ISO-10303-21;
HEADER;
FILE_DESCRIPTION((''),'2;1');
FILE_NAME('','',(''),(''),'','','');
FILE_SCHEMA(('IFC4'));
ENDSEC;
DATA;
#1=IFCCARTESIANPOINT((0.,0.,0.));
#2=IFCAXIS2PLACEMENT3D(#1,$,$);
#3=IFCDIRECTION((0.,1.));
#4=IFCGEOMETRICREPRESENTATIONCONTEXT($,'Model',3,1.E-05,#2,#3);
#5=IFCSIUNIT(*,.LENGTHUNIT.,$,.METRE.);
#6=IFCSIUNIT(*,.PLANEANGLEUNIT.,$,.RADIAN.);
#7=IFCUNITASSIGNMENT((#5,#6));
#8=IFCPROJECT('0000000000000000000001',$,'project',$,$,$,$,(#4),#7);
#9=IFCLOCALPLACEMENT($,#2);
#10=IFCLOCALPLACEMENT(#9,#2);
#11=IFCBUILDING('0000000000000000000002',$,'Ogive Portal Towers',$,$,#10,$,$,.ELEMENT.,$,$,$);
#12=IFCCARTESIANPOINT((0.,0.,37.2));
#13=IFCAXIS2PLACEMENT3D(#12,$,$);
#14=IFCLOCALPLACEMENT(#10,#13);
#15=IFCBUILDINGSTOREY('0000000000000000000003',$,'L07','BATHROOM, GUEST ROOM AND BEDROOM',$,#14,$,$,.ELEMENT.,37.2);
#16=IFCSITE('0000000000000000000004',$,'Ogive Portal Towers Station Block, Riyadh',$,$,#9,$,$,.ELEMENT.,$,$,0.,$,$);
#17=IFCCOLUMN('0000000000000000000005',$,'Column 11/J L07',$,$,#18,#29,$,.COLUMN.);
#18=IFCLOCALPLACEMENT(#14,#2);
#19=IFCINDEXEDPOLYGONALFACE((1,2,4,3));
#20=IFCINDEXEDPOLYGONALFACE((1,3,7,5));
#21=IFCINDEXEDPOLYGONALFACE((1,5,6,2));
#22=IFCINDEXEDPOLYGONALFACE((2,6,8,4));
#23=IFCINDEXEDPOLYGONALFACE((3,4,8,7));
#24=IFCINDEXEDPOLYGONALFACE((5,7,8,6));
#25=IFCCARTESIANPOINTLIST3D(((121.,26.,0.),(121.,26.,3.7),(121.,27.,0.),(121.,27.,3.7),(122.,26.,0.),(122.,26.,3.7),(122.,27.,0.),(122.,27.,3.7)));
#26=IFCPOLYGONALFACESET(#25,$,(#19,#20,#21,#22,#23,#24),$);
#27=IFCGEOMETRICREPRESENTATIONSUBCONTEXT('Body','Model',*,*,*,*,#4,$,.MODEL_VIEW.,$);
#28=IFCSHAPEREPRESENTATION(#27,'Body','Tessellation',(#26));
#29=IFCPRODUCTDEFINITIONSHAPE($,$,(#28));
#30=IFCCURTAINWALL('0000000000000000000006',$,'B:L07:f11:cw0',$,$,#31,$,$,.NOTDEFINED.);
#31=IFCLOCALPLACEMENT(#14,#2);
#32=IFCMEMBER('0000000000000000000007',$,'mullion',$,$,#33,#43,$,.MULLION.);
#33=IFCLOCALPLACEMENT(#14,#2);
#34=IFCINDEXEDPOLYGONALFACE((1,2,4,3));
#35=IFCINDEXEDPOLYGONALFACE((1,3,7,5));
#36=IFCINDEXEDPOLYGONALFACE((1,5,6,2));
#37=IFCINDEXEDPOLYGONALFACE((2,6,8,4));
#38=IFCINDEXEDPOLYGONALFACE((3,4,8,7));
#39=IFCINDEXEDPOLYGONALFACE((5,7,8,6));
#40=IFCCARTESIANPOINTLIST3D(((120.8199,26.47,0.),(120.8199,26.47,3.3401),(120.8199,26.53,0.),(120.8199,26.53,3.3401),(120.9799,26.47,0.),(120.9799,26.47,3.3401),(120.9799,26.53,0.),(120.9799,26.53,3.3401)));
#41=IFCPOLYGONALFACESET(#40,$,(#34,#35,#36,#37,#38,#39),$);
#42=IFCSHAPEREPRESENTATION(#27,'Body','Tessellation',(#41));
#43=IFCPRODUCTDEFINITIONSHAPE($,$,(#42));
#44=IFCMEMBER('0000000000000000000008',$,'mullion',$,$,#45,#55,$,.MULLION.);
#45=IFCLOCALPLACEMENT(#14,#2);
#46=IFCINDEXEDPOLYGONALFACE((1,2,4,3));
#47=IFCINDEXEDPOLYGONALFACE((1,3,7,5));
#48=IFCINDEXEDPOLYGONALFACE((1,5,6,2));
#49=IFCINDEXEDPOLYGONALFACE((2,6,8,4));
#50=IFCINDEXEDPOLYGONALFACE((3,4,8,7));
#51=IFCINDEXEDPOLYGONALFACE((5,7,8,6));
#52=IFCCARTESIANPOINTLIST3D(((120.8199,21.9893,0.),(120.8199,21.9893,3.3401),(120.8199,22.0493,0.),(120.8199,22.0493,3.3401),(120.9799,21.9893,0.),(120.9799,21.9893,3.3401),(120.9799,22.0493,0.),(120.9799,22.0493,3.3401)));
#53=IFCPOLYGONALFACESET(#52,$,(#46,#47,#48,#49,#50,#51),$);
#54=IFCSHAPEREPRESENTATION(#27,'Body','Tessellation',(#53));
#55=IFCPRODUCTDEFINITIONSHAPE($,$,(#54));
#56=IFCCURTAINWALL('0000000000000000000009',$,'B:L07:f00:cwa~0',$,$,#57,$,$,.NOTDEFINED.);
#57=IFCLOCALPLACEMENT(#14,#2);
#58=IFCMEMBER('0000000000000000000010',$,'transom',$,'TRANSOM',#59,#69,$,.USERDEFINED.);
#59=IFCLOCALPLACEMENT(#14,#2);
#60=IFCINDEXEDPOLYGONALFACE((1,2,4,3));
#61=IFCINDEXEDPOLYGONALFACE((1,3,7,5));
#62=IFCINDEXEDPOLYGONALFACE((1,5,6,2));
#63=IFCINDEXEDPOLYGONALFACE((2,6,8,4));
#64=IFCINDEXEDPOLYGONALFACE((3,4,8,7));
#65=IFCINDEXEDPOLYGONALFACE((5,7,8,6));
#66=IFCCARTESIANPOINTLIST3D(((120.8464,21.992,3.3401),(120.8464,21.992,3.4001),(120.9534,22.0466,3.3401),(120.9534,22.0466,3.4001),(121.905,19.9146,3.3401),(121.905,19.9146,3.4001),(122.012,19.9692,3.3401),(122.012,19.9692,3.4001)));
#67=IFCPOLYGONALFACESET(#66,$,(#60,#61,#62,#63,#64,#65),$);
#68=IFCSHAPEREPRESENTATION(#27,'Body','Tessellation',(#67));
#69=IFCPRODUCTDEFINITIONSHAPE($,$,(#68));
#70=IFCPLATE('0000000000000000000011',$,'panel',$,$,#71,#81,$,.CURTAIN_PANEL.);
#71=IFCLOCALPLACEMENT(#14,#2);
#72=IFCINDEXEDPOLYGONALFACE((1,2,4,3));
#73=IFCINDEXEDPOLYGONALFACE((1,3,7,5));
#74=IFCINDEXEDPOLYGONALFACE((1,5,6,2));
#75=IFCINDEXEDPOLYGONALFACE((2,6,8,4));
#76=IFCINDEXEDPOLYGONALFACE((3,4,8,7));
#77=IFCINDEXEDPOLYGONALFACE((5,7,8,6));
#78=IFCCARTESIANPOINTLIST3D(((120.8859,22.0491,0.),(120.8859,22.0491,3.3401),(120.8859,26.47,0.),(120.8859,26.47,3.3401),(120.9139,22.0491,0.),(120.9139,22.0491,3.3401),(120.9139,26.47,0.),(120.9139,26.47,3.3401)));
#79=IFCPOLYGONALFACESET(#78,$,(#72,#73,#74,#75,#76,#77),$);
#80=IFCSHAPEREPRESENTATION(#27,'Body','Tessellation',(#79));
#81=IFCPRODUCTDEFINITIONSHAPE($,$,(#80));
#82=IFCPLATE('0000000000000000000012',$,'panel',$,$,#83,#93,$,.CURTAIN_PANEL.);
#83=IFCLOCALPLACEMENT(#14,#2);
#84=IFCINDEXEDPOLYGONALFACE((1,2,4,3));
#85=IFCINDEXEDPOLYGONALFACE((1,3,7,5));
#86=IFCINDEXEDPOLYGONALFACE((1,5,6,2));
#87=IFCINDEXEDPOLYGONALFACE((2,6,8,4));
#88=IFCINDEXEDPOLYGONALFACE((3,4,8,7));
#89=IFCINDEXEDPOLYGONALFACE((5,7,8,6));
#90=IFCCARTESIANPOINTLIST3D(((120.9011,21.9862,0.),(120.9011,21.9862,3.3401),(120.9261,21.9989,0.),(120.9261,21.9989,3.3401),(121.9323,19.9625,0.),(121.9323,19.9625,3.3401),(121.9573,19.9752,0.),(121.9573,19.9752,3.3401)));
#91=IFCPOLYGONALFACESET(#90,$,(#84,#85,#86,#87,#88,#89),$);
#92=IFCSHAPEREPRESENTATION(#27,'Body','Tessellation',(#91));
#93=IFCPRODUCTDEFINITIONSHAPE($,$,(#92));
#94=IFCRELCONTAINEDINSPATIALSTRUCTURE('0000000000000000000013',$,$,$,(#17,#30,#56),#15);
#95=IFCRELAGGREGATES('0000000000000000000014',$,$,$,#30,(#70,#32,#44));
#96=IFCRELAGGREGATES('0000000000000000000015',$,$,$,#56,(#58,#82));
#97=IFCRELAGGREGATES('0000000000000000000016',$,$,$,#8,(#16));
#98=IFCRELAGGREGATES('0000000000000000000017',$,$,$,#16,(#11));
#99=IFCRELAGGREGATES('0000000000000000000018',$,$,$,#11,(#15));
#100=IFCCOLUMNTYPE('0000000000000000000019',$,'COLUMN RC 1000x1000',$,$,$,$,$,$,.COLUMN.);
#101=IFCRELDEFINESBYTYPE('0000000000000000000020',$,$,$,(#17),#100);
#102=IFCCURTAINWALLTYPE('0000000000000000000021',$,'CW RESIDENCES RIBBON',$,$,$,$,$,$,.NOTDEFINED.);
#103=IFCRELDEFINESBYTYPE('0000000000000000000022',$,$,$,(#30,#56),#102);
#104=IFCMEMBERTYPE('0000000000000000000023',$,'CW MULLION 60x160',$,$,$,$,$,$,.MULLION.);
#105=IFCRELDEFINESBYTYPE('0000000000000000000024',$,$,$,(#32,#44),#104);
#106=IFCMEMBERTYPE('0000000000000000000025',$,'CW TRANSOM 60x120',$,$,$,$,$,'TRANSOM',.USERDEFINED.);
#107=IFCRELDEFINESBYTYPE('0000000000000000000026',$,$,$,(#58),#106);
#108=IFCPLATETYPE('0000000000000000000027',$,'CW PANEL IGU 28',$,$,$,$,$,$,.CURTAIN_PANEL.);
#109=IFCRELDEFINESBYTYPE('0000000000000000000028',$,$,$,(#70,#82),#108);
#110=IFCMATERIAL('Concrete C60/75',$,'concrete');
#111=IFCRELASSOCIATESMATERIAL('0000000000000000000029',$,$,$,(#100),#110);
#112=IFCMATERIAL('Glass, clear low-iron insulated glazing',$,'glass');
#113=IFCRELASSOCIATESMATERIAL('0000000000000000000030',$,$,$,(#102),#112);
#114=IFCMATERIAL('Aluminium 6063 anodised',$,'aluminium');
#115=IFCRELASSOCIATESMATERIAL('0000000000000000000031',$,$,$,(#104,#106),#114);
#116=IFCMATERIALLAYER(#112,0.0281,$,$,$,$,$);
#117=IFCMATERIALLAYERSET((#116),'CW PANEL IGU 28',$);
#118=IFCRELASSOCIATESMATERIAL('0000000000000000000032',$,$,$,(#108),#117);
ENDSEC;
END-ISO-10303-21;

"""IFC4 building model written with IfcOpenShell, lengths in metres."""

from ifc_helpers import new_model, si_unit, direction, frame, origin, origin_2d, place, context, subcontext, project, spatial, rectangle, extrude, material, layer, layer_set, material_profile, profile_set, type_object, element, aggregate, save


model = new_model("IFC4")

# Units and contexts
model_context = context("Model", 3, precision=1e-05, world=origin(), true_north=direction((0.0, 1.0)))
body_context = subcontext(model_context, "Body", "Model", "MODEL_VIEW")
ifc_project = project(units=[si_unit("LENGTHUNIT", "METRE"), si_unit("PLANEANGLEUNIT", "RADIAN")], contexts=[model_context])

# Site, building, storey
site_placement = place(None, origin())
site = spatial("IfcSite", under=ifc_project, at=site_placement, Name="Ogive Portal Towers Station Block, Riyadh", CompositionType="ELEMENT", RefElevation=0.0)
building_placement = place(site_placement, origin())
building = spatial("IfcBuilding", under=site, at=building_placement, Name="Ogive Portal Towers", CompositionType="ELEMENT")
storey_placement = place(building_placement, frame((0.0, 0.0, 37.2)))
storey = spatial("IfcBuildingStorey", under=building, at=storey_placement, Name="L07", Description="BATHROOM, GUEST ROOM AND BEDROOM", CompositionType="ELEMENT", Elevation=37.2)

# Column
ifc_material_1 = material(Name="Concrete C60/75", Category="concrete")
ifc_material_profile_1 = material_profile(ifc_material_1, rectangle(XDim=1.0, YDim=1.0, at=origin_2d()), Name="RC 1000x1000")
ifc_profile_set_1 = profile_set([ifc_material_profile_1], Name="Concrete C60/75")
column_type = type_object("IfcColumnType", Name="COLUMN RC 1000x1000", PredefinedType="COLUMN", material=ifc_profile_set_1)
column_placement = place(storey_placement, frame((121.5, 26.5, 0.0), z_axis=(0.0, 0.0, 1.0), x_axis=(1.0, 0.0, 0.0)))
element("IfcColumn", 1, at=column_placement, inside=storey, type_object=column_type, Name="Column 11/J L07", PredefinedType="COLUMN", context=body_context, shape_type="SweptSolid", body=[
    extrude(rectangle(XDim=1.0, YDim=1.0, at=origin_2d()), origin(), (0.0, 0.0, 1.0), 3.7),
])

# Curtain wall, members
ifc_material_2 = material(Name="Glass, clear low-iron insulated glazing", Category="glass")
curtain_wall_type = type_object("IfcCurtainWallType", Name="CW RESIDENCES RIBBON", PredefinedType="NOTDEFINED", material=ifc_material_2)
curtain_wall_1_placement = place(storey_placement, origin())
curtain_wall_1 = element("IfcCurtainWall", 2, at=curtain_wall_1_placement, inside=storey, type_object=curtain_wall_type, Name="B:L07:f11:cw0", PredefinedType="NOTDEFINED")
ifc_material_3 = material(Name="Aluminium 6063 anodised", Category="aluminium")
ifc_material_profile_2 = material_profile(ifc_material_3, rectangle(XDim=0.1599, YDim=0.0601, at=origin_2d()), Name="AL 60x160")
ifc_profile_set_2 = profile_set([ifc_material_profile_2], Name="Aluminium 6063 anodised")
member_type_1 = type_object("IfcMemberType", Name="CW MULLION 60x160", PredefinedType="MULLION", material=ifc_profile_set_2)
member_1_placement = place(storey_placement, frame((120.8999, 26.5, 0.0), z_axis=(0.0, 0.0, 1.0), x_axis=(1.0, 0.0, 0.0)))
member_1 = element("IfcMember", 3, at=member_1_placement, type_object=member_type_1, Name="mullion", PredefinedType="MULLION", context=body_context, shape_type="SweptSolid", body=[
    extrude(rectangle(XDim=0.1599, YDim=0.0601, at=origin_2d()), origin(), (0.0, 0.0, 1.0), 3.3401),
])
member_2_placement = place(storey_placement, frame((120.8999, 22.0193, 0.0), z_axis=(0.0, 0.0, 1.0), x_axis=(1.0, 0.0, 0.0)))
member_2 = element("IfcMember", 4, at=member_2_placement, type_object=member_type_1, Name="mullion", PredefinedType="MULLION", context=body_context, shape_type="SweptSolid", body=[
    extrude(rectangle(XDim=0.1599, YDim=0.0601, at=origin_2d()), origin(), (0.0, 0.0, 1.0), 3.3401),
])

# Curtain wall, member
curtain_wall_2_placement = place(storey_placement, origin())
curtain_wall_2 = element("IfcCurtainWall", 5, at=curtain_wall_2_placement, inside=storey, type_object=curtain_wall_type, Name="B:L07:f00:cwa~0", PredefinedType="NOTDEFINED")
ifc_material_profile_3 = material_profile(ifc_material_3, rectangle(XDim=0.1201, YDim=0.0601, at=origin_2d()), Name="AL 120x60")
ifc_profile_set_3 = profile_set([ifc_material_profile_3], Name="Aluminium 6063 anodised")
member_type_2 = type_object("IfcMemberType", Name="CW TRANSOM 60x120", ElementType="TRANSOM", PredefinedType="USERDEFINED", material=ifc_profile_set_3)
member_3_placement = place(storey_placement, frame((120.8999, 22.0193, 3.3701), z_axis=(0.454028, -0.890988, 0.0), x_axis=(0.890988, 0.454028, 0.0)))
member_3 = element("IfcMember", 6, at=member_3_placement, type_object=member_type_2, Name="transom", ObjectType="TRANSOM", PredefinedType="USERDEFINED", context=body_context, shape_type="SweptSolid", body=[
    extrude(rectangle(XDim=0.1201, YDim=0.0601, at=origin_2d()), origin(), (0.0, 0.0, 1.0), 2.3315),
])

# Plates
ifc_layer_1 = layer(ifc_material_2, 0.0281)
ifc_layer_set_1 = layer_set([ifc_layer_1], Name="CW PANEL IGU 28")
plate_type = type_object("IfcPlateType", Name="CW PANEL IGU 28", PredefinedType="CURTAIN_PANEL", material=ifc_layer_set_1)
plate_1_placement = place(storey_placement, frame((120.8999, 24.2595, 0.0), z_axis=(0.0, 0.0, 1.0), x_axis=(0.0, -1.0, 0.0)))
plate_1 = element("IfcPlate", 7, at=plate_1_placement, type_object=plate_type, Name="panel", PredefinedType="CURTAIN_PANEL", context=body_context, shape_type="SweptSolid", body=[
    extrude(rectangle(XDim=4.4209, YDim=0.0281, at=origin_2d()), origin(), (0.0, 0.0, 1.0), 3.3401),
])
aggregate(curtain_wall_1, [plate_1, member_1, member_2])
plate_2_placement = place(storey_placement, frame((121.4292, 20.9807, 0.0), z_axis=(0.0, 0.0, 1.0), x_axis=(0.45399, -0.891007, 0.0)))
plate_2 = element("IfcPlate", 8, at=plate_2_placement, type_object=plate_type, Name="panel", PredefinedType="CURTAIN_PANEL", context=body_context, shape_type="SweptSolid", body=[
    extrude(rectangle(XDim=2.2712, YDim=0.0281, at=origin_2d()), origin(), (0.0, 0.0, 1.0), 3.3401),
])
aggregate(curtain_wall_2, [member_3, plate_2])

save(model, "model.ifc")
